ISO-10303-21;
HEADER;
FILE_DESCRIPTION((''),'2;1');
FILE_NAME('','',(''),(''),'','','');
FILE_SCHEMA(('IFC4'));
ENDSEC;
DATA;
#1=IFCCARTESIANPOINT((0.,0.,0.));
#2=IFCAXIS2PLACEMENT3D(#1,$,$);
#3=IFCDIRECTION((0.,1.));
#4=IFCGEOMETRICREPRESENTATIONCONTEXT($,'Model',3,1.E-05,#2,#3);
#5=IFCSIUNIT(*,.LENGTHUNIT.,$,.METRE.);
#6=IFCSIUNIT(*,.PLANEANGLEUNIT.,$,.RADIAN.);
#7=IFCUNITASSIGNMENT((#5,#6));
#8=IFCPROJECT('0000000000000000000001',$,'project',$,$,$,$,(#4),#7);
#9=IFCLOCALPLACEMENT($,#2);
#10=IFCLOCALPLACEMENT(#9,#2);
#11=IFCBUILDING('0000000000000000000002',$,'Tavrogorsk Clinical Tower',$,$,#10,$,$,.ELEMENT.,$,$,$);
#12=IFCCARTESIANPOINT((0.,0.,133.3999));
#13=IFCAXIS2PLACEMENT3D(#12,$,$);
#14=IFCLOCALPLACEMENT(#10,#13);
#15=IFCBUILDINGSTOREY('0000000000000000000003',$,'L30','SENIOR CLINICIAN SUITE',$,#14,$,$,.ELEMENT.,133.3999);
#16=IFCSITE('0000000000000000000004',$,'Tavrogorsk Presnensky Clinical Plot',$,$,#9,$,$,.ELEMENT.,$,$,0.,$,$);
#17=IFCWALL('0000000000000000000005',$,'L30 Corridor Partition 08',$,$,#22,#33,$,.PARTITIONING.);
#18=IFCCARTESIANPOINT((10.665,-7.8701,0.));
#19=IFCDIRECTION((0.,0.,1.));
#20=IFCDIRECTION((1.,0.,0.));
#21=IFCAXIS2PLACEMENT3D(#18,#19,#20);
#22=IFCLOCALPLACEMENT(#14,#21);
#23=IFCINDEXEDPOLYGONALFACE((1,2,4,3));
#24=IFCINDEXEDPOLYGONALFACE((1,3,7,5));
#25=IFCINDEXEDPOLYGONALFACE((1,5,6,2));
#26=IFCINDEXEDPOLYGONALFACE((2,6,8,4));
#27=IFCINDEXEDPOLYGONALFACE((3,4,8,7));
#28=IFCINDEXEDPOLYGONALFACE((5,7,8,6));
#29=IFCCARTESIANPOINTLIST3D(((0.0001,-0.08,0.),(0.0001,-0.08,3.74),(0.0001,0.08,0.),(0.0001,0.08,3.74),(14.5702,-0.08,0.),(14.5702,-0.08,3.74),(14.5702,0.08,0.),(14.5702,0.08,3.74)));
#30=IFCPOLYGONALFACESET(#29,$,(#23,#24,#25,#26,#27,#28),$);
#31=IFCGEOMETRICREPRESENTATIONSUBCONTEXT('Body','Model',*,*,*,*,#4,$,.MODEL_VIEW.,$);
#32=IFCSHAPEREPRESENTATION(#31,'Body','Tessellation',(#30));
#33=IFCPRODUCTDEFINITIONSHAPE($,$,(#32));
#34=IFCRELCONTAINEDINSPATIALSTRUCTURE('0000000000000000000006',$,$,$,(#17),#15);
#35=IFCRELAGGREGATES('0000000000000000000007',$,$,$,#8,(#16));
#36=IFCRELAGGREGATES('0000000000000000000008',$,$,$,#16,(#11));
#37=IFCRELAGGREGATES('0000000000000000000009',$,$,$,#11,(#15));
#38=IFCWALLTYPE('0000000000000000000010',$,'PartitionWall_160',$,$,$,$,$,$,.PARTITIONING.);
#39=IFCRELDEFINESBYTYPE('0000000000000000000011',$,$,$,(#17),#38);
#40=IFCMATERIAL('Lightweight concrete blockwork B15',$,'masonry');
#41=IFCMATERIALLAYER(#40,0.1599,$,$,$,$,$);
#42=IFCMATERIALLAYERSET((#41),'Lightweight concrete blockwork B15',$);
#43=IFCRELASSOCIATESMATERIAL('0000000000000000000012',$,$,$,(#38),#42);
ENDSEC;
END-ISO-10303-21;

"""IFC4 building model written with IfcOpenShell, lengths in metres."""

from ifc_helpers import new_model, si_unit, direction, frame, frame_2d, origin, place, context, subcontext, project, spatial, rectangle, extrude, material, layer, layer_set, type_object, element, save


model = new_model("IFC4")

# Units and contexts
model_context = context("Model", 3, precision=1e-05, world=origin(), true_north=direction((0.0, 1.0)))
body_context = subcontext(model_context, "Body", "Model", "MODEL_VIEW")
ifc_project = project(units=[si_unit("LENGTHUNIT", "METRE"), si_unit("PLANEANGLEUNIT", "RADIAN")], contexts=[model_context])

# Site, building, storey
site_placement = place(None, origin())
site = spatial("IfcSite", under=ifc_project, at=site_placement, Name="Tavrogorsk Presnensky Clinical Plot", CompositionType="ELEMENT", RefElevation=0.0)
building_placement = place(site_placement, origin())
building = spatial("IfcBuilding", under=site, at=building_placement, Name="Tavrogorsk Clinical Tower", CompositionType="ELEMENT")
storey_placement = place(building_placement, frame((0.0, 0.0, 133.3999)))
storey = spatial("IfcBuildingStorey", under=building, at=storey_placement, Name="L30", Description="SENIOR CLINICIAN SUITE", CompositionType="ELEMENT", Elevation=133.3999)

# Wall
ifc_material_1 = material(Name="Lightweight concrete blockwork B15", Category="masonry")
ifc_layer_1 = layer(ifc_material_1, 0.1599)
ifc_layer_set_1 = layer_set([ifc_layer_1], Name="Lightweight concrete blockwork B15")
wall_type_1 = type_object("IfcWallType", Name="PartitionWall_160", PredefinedType="PARTITIONING", material=ifc_layer_set_1)
wall_1_placement = place(storey_placement, frame((10.665, -7.8701, 0.0), z_axis=(0.0, 0.0, 1.0), x_axis=(1.0, 0.0, 0.0)))
element("IfcWall", 1, at=wall_1_placement, inside=storey, type_object=wall_type_1, Name="L30 Corridor Partition 08", PredefinedType="PARTITIONING", context=body_context, shape_type="SweptSolid", body=[
    extrude(rectangle(XDim=14.5701, YDim=0.1599, at=frame_2d((7.2852, 0.0))), origin(), (0.0, 0.0, 1.0), 3.74),
])

save(model, "model.ifc")
